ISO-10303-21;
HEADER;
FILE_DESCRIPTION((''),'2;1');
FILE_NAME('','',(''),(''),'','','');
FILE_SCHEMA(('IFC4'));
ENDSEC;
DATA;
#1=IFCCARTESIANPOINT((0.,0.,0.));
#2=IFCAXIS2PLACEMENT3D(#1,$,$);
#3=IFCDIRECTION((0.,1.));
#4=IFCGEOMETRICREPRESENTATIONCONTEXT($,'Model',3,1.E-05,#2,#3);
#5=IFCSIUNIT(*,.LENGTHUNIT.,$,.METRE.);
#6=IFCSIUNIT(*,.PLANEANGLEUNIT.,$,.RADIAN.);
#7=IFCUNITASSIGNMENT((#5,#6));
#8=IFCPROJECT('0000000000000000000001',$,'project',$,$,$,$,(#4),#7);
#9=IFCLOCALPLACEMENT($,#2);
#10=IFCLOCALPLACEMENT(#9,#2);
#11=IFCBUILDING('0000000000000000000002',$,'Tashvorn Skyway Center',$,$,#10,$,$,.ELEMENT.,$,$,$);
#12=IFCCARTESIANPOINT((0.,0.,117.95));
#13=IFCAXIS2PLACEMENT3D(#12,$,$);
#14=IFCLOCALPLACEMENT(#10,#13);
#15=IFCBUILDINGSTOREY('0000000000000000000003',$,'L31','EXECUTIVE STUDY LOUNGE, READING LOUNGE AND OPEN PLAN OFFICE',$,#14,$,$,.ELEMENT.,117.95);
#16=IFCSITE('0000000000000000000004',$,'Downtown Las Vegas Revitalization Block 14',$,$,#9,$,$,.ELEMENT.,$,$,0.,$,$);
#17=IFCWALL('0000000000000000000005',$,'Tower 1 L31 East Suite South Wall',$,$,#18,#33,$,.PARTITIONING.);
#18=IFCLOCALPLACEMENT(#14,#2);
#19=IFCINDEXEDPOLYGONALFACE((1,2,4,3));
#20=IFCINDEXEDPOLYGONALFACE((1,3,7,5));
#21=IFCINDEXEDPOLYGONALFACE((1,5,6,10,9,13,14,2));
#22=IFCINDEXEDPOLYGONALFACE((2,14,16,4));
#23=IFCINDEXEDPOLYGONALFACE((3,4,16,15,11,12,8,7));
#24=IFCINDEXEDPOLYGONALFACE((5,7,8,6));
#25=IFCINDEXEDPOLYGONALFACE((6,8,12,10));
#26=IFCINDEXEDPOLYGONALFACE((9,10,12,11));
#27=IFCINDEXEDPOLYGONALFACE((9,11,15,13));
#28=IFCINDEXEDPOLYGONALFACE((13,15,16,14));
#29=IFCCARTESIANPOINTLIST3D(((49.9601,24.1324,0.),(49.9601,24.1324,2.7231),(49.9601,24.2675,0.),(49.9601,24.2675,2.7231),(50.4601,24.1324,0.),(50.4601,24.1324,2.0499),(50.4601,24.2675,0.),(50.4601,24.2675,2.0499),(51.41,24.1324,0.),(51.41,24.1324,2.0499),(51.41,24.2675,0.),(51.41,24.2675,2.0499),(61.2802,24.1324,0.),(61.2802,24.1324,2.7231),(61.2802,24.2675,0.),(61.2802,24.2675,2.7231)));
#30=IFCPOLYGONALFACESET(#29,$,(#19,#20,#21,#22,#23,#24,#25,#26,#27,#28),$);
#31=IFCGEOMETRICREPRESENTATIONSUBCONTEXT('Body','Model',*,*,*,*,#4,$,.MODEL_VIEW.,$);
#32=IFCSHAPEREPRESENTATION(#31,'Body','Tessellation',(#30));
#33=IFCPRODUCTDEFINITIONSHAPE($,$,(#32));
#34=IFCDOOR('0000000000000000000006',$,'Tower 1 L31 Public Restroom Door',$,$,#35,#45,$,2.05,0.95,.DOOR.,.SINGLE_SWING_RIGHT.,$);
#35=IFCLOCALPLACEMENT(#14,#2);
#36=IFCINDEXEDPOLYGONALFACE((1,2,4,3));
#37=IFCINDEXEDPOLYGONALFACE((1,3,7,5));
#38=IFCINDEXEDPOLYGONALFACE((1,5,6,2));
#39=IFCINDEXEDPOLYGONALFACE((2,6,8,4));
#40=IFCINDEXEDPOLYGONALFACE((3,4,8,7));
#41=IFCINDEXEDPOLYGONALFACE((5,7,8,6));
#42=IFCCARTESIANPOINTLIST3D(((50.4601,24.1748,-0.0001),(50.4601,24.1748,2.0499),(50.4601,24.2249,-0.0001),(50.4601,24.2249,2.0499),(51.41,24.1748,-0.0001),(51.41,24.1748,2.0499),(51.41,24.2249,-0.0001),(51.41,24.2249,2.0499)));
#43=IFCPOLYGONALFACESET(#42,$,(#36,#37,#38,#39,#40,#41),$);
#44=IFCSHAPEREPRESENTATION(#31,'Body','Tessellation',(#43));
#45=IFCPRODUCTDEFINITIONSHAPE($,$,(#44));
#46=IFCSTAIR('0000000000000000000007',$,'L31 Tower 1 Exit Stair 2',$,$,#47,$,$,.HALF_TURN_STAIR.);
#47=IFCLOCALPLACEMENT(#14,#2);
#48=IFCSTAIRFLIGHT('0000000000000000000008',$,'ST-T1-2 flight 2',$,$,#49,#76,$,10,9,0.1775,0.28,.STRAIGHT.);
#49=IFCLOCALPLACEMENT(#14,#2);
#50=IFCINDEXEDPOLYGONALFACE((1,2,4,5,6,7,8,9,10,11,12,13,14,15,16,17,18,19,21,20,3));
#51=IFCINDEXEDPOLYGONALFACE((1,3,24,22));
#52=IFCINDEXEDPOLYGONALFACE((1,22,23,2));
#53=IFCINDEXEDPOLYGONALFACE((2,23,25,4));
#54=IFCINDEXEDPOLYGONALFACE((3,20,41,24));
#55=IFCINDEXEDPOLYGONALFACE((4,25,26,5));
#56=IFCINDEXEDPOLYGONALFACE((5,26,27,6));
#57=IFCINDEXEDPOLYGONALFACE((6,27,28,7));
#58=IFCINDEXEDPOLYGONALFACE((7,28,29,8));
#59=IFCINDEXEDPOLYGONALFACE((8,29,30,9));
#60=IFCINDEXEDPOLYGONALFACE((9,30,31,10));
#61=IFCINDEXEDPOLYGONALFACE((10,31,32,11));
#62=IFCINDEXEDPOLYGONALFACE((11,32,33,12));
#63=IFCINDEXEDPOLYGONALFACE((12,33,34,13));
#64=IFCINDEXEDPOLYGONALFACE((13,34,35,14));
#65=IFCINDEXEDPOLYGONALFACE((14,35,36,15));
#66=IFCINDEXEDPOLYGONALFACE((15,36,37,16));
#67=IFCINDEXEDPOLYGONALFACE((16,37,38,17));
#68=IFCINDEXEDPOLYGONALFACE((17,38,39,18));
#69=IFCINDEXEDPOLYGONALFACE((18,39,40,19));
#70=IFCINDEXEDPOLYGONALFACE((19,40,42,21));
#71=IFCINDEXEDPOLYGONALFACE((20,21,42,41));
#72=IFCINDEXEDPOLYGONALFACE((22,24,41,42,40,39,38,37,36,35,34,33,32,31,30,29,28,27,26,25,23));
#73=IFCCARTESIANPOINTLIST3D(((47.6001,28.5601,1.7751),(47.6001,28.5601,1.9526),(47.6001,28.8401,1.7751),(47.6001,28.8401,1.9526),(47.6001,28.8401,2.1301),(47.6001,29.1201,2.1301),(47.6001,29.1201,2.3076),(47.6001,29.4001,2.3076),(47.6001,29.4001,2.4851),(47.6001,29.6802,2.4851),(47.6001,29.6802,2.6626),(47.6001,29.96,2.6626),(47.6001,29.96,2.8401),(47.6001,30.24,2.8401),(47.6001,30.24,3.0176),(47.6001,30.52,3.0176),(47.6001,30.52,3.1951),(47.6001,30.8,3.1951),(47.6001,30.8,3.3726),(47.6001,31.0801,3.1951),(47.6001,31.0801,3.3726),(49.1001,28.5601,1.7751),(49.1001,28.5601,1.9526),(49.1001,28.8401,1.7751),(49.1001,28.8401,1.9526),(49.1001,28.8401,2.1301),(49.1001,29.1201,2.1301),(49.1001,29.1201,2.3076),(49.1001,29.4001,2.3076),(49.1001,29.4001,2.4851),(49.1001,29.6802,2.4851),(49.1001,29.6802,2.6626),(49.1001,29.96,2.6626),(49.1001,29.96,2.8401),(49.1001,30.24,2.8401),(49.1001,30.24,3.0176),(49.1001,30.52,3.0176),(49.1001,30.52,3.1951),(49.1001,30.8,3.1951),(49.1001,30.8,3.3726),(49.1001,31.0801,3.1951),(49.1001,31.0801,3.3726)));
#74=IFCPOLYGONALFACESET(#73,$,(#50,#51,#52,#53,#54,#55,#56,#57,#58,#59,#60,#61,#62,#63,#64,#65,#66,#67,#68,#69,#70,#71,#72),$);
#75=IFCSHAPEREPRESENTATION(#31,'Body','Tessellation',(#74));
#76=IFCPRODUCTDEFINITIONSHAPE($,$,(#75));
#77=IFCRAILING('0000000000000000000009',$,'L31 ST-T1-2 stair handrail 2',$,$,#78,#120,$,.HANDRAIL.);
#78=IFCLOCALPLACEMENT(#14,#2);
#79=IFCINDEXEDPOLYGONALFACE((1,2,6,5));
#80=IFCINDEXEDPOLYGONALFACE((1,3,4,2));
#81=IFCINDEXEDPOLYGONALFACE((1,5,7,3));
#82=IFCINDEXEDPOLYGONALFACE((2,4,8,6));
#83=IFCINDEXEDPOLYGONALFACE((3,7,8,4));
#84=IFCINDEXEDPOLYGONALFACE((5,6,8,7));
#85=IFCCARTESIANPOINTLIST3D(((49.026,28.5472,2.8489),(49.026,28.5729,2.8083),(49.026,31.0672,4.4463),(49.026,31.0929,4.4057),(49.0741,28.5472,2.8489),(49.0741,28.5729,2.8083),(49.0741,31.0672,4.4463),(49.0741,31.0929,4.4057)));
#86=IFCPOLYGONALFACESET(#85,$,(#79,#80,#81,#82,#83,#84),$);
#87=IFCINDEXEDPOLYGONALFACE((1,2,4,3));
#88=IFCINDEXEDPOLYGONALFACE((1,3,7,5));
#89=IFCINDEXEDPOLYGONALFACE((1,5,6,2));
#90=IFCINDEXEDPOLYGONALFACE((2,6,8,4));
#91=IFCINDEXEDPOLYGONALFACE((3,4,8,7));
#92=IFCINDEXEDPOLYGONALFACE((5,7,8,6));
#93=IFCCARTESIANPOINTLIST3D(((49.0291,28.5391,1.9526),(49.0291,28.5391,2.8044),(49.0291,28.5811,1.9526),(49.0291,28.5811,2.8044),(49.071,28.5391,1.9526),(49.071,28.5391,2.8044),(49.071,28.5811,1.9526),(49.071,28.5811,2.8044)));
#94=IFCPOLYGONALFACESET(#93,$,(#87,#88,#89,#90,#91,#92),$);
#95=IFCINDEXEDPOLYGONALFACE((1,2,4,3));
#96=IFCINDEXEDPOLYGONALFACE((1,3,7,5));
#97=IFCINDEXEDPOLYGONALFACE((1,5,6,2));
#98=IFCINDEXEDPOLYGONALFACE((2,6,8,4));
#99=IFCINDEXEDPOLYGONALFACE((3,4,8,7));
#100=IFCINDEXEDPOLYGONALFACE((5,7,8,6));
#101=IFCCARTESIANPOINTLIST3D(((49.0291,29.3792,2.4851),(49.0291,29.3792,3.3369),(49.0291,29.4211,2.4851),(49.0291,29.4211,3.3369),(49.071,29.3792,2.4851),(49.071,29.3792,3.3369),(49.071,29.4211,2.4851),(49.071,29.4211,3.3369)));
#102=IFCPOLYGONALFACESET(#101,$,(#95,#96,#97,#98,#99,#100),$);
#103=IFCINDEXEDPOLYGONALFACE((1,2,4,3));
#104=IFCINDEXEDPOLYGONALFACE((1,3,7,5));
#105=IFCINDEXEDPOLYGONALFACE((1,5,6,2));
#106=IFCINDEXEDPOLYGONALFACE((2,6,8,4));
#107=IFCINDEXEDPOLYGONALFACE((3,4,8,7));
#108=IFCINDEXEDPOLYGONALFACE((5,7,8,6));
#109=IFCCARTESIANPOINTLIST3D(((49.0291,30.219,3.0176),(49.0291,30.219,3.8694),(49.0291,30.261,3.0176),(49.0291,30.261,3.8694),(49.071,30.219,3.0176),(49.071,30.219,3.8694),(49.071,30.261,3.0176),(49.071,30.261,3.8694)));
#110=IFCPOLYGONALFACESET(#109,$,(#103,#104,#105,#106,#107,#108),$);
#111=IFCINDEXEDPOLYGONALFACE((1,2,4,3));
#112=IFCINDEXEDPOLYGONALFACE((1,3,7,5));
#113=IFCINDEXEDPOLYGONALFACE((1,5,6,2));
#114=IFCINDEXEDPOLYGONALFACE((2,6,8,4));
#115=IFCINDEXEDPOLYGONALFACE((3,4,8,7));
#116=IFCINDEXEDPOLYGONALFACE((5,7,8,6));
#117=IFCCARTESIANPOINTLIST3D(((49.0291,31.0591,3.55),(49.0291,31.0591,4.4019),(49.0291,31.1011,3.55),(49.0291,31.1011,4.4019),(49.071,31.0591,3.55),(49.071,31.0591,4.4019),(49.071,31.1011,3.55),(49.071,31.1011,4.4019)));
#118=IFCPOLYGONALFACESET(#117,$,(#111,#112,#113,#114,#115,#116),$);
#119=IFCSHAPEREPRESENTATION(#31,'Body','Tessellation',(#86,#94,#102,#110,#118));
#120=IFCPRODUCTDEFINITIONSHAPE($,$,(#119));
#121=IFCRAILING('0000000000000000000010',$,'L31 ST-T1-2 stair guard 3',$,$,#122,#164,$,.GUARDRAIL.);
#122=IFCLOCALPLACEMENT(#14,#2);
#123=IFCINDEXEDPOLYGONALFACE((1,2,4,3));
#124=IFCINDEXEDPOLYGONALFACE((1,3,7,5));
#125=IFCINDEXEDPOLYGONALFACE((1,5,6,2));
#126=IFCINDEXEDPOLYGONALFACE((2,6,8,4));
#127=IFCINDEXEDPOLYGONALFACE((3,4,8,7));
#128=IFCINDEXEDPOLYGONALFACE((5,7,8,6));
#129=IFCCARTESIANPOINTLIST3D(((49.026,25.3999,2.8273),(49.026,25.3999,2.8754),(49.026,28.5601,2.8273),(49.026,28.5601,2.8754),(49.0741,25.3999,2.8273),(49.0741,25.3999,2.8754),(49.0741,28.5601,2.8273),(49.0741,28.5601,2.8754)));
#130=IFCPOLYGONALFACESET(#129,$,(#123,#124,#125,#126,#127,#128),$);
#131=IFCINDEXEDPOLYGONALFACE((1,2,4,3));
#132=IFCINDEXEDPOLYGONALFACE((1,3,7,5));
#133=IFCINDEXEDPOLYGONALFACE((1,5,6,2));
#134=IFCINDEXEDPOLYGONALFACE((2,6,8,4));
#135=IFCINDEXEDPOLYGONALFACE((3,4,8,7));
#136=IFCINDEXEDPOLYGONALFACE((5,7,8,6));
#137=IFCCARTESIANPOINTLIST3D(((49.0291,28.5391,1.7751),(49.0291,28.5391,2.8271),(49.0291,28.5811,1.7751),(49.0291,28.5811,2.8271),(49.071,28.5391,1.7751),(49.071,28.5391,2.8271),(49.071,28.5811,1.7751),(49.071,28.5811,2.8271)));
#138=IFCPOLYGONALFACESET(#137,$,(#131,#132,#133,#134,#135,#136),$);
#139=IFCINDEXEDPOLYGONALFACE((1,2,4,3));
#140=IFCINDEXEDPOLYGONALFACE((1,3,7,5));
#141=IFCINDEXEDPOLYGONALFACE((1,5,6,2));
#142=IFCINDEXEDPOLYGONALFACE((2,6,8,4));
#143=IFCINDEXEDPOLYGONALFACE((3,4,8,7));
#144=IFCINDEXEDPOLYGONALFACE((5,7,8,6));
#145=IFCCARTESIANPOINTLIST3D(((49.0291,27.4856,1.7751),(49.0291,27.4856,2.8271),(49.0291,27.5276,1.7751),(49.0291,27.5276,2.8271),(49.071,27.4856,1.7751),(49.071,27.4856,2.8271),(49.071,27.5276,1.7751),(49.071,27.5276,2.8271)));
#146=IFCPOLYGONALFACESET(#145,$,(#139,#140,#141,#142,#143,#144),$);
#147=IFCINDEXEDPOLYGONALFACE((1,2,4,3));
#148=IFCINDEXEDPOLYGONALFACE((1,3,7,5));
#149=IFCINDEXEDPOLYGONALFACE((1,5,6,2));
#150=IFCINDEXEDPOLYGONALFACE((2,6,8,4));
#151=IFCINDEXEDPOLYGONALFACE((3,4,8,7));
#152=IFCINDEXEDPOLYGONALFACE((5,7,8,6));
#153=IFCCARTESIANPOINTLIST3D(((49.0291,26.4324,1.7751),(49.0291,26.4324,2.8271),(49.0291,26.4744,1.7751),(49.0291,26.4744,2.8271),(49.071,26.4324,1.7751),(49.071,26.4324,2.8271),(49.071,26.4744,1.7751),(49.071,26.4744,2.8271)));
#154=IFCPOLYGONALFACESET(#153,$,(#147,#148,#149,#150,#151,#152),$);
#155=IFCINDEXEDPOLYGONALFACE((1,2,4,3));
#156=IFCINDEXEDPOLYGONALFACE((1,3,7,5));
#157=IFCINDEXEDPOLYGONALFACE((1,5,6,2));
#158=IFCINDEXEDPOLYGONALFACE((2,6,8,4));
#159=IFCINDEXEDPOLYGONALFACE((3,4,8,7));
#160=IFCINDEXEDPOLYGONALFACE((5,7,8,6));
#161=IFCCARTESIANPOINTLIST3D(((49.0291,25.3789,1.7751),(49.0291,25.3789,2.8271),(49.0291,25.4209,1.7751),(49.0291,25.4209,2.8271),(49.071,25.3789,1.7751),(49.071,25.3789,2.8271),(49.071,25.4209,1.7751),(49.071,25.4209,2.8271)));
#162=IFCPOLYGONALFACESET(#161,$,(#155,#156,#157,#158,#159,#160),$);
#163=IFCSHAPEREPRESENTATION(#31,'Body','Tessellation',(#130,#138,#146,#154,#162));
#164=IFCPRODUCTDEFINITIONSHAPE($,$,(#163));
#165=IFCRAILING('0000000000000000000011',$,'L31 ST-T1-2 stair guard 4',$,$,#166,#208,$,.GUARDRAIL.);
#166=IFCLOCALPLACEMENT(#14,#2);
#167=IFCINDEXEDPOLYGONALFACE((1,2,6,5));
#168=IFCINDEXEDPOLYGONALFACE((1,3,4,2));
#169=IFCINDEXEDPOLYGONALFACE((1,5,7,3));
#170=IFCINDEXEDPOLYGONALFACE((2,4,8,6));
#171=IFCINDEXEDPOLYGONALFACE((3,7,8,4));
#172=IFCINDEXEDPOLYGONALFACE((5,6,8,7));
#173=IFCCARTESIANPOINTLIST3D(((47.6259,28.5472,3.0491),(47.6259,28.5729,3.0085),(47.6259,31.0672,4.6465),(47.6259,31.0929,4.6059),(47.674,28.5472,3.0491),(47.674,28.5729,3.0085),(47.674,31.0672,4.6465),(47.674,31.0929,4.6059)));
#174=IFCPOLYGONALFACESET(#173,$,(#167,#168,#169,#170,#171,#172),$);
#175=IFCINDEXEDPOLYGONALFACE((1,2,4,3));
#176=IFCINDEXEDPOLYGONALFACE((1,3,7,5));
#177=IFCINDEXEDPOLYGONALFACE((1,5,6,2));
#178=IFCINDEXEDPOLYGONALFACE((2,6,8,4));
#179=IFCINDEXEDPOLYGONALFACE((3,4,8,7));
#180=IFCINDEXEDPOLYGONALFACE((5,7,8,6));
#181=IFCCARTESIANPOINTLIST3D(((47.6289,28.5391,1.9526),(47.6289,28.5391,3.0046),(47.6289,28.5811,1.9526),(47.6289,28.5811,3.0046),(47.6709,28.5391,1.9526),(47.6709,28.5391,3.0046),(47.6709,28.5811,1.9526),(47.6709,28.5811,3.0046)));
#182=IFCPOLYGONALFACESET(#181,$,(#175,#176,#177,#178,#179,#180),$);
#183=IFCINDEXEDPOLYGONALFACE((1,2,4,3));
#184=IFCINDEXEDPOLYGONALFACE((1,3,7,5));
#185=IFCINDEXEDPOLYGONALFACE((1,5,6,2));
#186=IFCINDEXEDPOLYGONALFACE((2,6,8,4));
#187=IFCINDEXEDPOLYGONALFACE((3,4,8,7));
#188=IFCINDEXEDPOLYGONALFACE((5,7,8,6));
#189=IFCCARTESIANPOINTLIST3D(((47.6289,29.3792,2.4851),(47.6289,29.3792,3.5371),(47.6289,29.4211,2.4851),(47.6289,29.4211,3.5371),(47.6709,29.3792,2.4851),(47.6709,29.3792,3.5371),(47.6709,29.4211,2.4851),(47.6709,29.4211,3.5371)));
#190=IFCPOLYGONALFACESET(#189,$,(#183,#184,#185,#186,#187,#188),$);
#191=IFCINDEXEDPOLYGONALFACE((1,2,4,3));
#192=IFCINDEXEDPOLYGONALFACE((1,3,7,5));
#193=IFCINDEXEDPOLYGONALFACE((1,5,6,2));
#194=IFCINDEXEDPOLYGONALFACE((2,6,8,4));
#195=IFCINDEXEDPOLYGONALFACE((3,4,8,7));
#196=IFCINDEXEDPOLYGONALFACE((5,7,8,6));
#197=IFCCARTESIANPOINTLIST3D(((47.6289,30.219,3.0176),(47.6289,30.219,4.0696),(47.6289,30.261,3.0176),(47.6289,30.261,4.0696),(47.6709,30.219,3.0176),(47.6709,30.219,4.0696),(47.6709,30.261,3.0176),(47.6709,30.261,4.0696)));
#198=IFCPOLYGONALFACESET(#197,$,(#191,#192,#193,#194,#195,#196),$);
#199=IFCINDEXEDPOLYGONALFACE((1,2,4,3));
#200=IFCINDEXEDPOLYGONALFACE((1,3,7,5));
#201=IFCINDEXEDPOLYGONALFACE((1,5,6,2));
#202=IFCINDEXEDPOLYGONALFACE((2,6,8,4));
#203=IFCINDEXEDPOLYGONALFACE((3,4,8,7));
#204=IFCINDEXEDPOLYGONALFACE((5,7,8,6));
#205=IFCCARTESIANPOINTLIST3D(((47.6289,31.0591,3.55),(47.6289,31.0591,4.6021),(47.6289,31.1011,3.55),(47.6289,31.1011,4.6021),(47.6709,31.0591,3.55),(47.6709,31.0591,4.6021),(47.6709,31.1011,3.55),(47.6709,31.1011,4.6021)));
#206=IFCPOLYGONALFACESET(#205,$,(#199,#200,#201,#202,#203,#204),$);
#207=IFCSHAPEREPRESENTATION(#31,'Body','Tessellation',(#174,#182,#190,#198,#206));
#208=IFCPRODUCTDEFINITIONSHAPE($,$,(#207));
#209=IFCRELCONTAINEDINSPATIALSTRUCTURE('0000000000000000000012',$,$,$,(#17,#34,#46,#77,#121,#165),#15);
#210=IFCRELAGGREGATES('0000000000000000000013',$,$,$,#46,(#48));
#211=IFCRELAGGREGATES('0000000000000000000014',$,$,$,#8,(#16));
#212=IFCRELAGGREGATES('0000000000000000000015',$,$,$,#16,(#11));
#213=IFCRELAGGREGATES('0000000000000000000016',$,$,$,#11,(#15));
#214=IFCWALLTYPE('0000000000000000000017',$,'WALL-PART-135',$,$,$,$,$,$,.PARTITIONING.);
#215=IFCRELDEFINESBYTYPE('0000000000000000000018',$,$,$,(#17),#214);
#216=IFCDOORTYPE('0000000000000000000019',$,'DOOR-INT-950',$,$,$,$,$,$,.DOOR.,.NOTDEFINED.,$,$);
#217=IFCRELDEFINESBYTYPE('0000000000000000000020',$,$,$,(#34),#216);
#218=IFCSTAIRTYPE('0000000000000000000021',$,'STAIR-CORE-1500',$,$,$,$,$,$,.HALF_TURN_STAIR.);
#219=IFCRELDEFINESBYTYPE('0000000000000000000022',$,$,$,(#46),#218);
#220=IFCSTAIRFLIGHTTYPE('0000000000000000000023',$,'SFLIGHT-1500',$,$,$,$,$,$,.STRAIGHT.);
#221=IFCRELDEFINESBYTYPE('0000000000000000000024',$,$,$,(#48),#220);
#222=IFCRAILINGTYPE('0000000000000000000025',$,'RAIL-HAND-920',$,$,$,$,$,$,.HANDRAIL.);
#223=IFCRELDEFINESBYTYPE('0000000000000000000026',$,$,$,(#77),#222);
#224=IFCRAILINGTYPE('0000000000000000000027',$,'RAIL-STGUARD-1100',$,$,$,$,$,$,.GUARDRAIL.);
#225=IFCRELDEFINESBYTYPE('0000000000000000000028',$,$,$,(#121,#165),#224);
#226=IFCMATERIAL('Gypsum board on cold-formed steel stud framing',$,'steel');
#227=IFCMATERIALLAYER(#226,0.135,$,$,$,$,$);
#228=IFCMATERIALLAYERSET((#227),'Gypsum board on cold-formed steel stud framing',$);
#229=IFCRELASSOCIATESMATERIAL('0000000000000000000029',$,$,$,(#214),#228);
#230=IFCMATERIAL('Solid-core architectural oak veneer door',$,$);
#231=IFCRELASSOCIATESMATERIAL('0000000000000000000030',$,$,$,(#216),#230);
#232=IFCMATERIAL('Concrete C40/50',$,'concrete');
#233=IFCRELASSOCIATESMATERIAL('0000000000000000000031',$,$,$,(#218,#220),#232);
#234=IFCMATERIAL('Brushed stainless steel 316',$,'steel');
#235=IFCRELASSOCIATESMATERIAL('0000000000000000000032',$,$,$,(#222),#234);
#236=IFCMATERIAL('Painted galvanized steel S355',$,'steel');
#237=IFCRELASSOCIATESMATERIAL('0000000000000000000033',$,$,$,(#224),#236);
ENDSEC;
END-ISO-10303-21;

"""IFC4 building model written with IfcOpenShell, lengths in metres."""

from ifc_helpers import new_model, si_unit, direction, frame, frame_2d, origin, origin_2d, place, context, subcontext, project, spatial, polyline, rectangle, outline, extrude, material, layer, layer_set, type_object, element, fill, aggregate, save


model = new_model("IFC4")

# Units and contexts
model_context = context("Model", 3, precision=1e-05, world=origin(), true_north=direction((0.0, 1.0)))
body_context = subcontext(model_context, "Body", "Model", "MODEL_VIEW")
ifc_project = project(units=[si_unit("LENGTHUNIT", "METRE"), si_unit("PLANEANGLEUNIT", "RADIAN")], contexts=[model_context])

# Site, building, storey
site_placement = place(None, origin())
site = spatial("IfcSite", under=ifc_project, at=site_placement, Name="Downtown Las Vegas Revitalization Block 14", CompositionType="ELEMENT", RefElevation=0.0)
building_placement = place(site_placement, origin())
building = spatial("IfcBuilding", under=site, at=building_placement, Name="Tashvorn Skyway Center", CompositionType="ELEMENT")
storey_placement = place(building_placement, frame((0.0, 0.0, 117.95)))
storey = spatial("IfcBuildingStorey", under=building, at=storey_placement, Name="L31", Description="EXECUTIVE STUDY LOUNGE, READING LOUNGE AND OPEN PLAN OFFICE", CompositionType="ELEMENT", Elevation=117.95)

# Shared definitions
ifc_material_1 = material(Name="Gypsum board on cold-formed steel stud framing", Category="steel")
ifc_layer_1 = layer(ifc_material_1, 0.135)
ifc_layer_set_1 = layer_set([ifc_layer_1], Name="Gypsum board on cold-formed steel stud framing")
wall_type_1 = type_object("IfcWallType", Name="WALL-PART-135", PredefinedType="PARTITIONING", material=ifc_layer_set_1)

# Wall, opening, door
wall_1_placement = place(storey_placement, frame((49.96, 24.2, 0.0), z_axis=(0.0, 0.0, 1.0), x_axis=(1.0, 0.0, 0.0)))
wall_1 = element("IfcWall", 1, at=wall_1_placement, inside=storey, type_object=wall_type_1, Name="Tower 1 L31 East Suite South Wall", PredefinedType="PARTITIONING", context=body_context, shape_type="SweptSolid", body=[
    extrude(rectangle(XDim=11.3201, YDim=0.135, at=frame_2d((5.6602, 0.0))), origin(), (0.0, 0.0, 1.0), 2.7231),
])
opening_1_placement = place(wall_1_placement, frame((0.5, 0.0, 0.0)))
opening_1 = element("IfcOpeningElement", 2, at=opening_1_placement, cuts=wall_1, PredefinedType="OPENING", context=body_context, shape_type="SweptSolid", body=[
    extrude(rectangle(XDim=0.95, YDim=2.05, at=frame_2d((0.4751, 1.0249))), frame((0.0, 0.0774, 0.0), z_axis=(0.0, -1.0, 0.0), x_axis=(1.0, 0.0, 0.0)), (0.0, 0.0, 1.0), 0.155),
])
ifc_material_2 = material(Name="Solid-core architectural oak veneer door")
door_type_1 = type_object("IfcDoorType", Name="DOOR-INT-950", OperationType="NOTDEFINED", PredefinedType="DOOR", material=ifc_material_2)
door_1_placement = place(opening_1_placement, origin())
door_1 = element("IfcDoor", 3, at=door_1_placement, inside=storey, type_object=door_type_1, Name="Tower 1 L31 Public Restroom Door", OperationType="SINGLE_SWING_RIGHT", OverallHeight=2.05, OverallWidth=0.95, PredefinedType="DOOR", context=body_context, shape_type="SweptSolid", body=[
    extrude(rectangle(XDim=0.95, YDim=2.05, at=frame_2d((0.4751, 1.0249))), frame((0.0, 0.0249, 0.0), z_axis=(0.0, -1.0, 0.0), x_axis=(1.0, 0.0, 0.0)), (0.0, 0.0, 1.0), 0.05),
])
fill(opening_1, door_1)

# Stair, stair flight
ifc_material_3 = material(Name="Concrete C40/50", Category="concrete")
stair_type = type_object("IfcStairType", Name="STAIR-CORE-1500", PredefinedType="HALF_TURN_STAIR", material=ifc_material_3)
stair_placement = place(storey_placement, origin())
stair = element("IfcStair", 4, at=stair_placement, inside=storey, type_object=stair_type, Name="L31 Tower 1 Exit Stair 2", PredefinedType="HALF_TURN_STAIR")
stair_flight_type = type_object("IfcStairFlightType", Name="SFLIGHT-1500", PredefinedType="STRAIGHT", material=ifc_material_3)
stair_flight_placement = place(storey_placement, frame((48.3501, 28.5601, 1.7751), z_axis=(0.0, 0.0, 1.0), x_axis=(0.0, 1.0, 0.0)))
stair_flight = element("IfcStairFlight", 5, at=stair_flight_placement, type_object=stair_flight_type, Name="ST-T1-2 flight 2", NumberOfRisers=10, NumberOfTreads=9, PredefinedType="STRAIGHT", RiserHeight=0.1775, TreadLength=0.28, context=body_context, shape_type="SweptSolid", body=[
    extrude(outline(polyline([(0.0, 0.0), (0.0, 0.1775), (0.28, 0.1775), (0.28, 0.355), (0.5601, 0.355), (0.5601, 0.5325), (0.8401, 0.5325), (0.8401, 0.71), (1.1201, 0.71), (1.1201, 0.8875), (1.3999, 0.8875), (1.3999, 1.0649), (1.6799, 1.0649), (1.6799, 1.2424), (1.96, 1.2424), (1.96, 1.4199), (2.24, 1.4199), (2.24, 1.5974), (2.52, 1.5974), (2.52, 1.7749), (2.52, 1.4199), (0.28, 0.0), (0.0, 0.0)])), frame((0.0, 0.75, 0.0), z_axis=(0.0, -1.0, 0.0), x_axis=(1.0, 0.0, 0.0)), (0.0, 0.0, 1.0), 1.5),
])
aggregate(stair, [stair_flight])

# Railings
ifc_material_4 = material(Name="Brushed stainless steel 316", Category="steel")
railing_type_1 = type_object("IfcRailingType", Name="RAIL-HAND-920", PredefinedType="HANDRAIL", material=ifc_material_4)
railing_1_placement = place(storey_placement, frame((49.05, 28.5601, 1.9526)))
element("IfcRailing", 6, at=railing_1_placement, inside=storey, type_object=railing_type_1, Name="L31 ST-T1-2 stair handrail 2", PredefinedType="HANDRAIL", context=body_context, shape_type="SweptSolid", body=[
    extrude(rectangle(XDim=0.0481, YDim=0.0481, at=origin_2d()), frame((0.0, 0.0, 0.876), z_axis=(0.0, 0.844607, 0.535387), x_axis=(-1.0, 0.0, 0.0)), (0.0, 0.0, 1.0), 2.9836),
    extrude(rectangle(XDim=0.042, YDim=0.042, at=origin_2d()), origin(), (0.0, 0.0, 1.0), 0.8518),
    extrude(rectangle(XDim=0.042, YDim=0.042, at=origin_2d()), frame((0.0, 0.8401, 0.5325)), (0.0, 0.0, 1.0), 0.8518),
    extrude(rectangle(XDim=0.042, YDim=0.042, at=origin_2d()), frame((0.0, 1.6799, 1.0649)), (0.0, 0.0, 1.0), 0.8518),
    extrude(rectangle(XDim=0.042, YDim=0.042, at=origin_2d()), frame((0.0, 2.52, 1.5974)), (0.0, 0.0, 1.0), 0.8518),
])
ifc_material_5 = material(Name="Painted galvanized steel S355", Category="steel")
railing_type_2 = type_object("IfcRailingType", Name="RAIL-STGUARD-1100", PredefinedType="GUARDRAIL", material=ifc_material_5)
railing_2_placement = place(storey_placement, frame((49.05, 28.5601, 1.7751)))
element("IfcRailing", 7, at=railing_2_placement, inside=storey, type_object=railing_type_2, Name="L31 ST-T1-2 stair guard 3", PredefinedType="GUARDRAIL", context=body_context, shape_type="SweptSolid", body=[
    extrude(rectangle(XDim=0.0481, YDim=0.0481, at=origin_2d()), frame((0.0, 0.0, 1.0762), z_axis=(0.0, -1.0, 0.0), x_axis=(1.0, 0.0, 0.0)), (0.0, 0.0, 1.0), 3.1602),
    extrude(rectangle(XDim=0.042, YDim=0.042, at=origin_2d()), origin(), (0.0, 0.0, 1.0), 1.052),
    extrude(rectangle(XDim=0.042, YDim=0.042, at=origin_2d()), frame((0.0, -1.0535, 0.0)), (0.0, 0.0, 1.0), 1.052),
    extrude(rectangle(XDim=0.042, YDim=0.042, at=origin_2d()), frame((0.0, -2.1067, 0.0)), (0.0, 0.0, 1.0), 1.052),
    extrude(rectangle(XDim=0.042, YDim=0.042, at=origin_2d()), frame((0.0, -3.1602, 0.0)), (0.0, 0.0, 1.0), 1.052),
])
railing_3_placement = place(storey_placement, frame((47.6499, 28.5601, 1.9526)))
element("IfcRailing", 8, at=railing_3_placement, inside=storey, type_object=railing_type_2, Name="L31 ST-T1-2 stair guard 4", PredefinedType="GUARDRAIL", context=body_context, shape_type="SweptSolid", body=[
    extrude(rectangle(XDim=0.0481, YDim=0.0481, at=origin_2d()), frame((0.0, 0.0, 1.0762), z_axis=(0.0, 0.844607, 0.535387), x_axis=(-1.0, 0.0, 0.0)), (0.0, 0.0, 1.0), 2.9836),
    extrude(rectangle(XDim=0.042, YDim=0.042, at=origin_2d()), origin(), (0.0, 0.0, 1.0), 1.052),
    extrude(rectangle(XDim=0.042, YDim=0.042, at=origin_2d()), frame((0.0, 0.8401, 0.5325)), (0.0, 0.0, 1.0), 1.052),
    extrude(rectangle(XDim=0.042, YDim=0.042, at=origin_2d()), frame((0.0, 1.6799, 1.0649)), (0.0, 0.0, 1.0), 1.052),
    extrude(rectangle(XDim=0.042, YDim=0.042, at=origin_2d()), frame((0.0, 2.52, 1.5974)), (0.0, 0.0, 1.0), 1.052),
])

save(model, "model.ifc")
